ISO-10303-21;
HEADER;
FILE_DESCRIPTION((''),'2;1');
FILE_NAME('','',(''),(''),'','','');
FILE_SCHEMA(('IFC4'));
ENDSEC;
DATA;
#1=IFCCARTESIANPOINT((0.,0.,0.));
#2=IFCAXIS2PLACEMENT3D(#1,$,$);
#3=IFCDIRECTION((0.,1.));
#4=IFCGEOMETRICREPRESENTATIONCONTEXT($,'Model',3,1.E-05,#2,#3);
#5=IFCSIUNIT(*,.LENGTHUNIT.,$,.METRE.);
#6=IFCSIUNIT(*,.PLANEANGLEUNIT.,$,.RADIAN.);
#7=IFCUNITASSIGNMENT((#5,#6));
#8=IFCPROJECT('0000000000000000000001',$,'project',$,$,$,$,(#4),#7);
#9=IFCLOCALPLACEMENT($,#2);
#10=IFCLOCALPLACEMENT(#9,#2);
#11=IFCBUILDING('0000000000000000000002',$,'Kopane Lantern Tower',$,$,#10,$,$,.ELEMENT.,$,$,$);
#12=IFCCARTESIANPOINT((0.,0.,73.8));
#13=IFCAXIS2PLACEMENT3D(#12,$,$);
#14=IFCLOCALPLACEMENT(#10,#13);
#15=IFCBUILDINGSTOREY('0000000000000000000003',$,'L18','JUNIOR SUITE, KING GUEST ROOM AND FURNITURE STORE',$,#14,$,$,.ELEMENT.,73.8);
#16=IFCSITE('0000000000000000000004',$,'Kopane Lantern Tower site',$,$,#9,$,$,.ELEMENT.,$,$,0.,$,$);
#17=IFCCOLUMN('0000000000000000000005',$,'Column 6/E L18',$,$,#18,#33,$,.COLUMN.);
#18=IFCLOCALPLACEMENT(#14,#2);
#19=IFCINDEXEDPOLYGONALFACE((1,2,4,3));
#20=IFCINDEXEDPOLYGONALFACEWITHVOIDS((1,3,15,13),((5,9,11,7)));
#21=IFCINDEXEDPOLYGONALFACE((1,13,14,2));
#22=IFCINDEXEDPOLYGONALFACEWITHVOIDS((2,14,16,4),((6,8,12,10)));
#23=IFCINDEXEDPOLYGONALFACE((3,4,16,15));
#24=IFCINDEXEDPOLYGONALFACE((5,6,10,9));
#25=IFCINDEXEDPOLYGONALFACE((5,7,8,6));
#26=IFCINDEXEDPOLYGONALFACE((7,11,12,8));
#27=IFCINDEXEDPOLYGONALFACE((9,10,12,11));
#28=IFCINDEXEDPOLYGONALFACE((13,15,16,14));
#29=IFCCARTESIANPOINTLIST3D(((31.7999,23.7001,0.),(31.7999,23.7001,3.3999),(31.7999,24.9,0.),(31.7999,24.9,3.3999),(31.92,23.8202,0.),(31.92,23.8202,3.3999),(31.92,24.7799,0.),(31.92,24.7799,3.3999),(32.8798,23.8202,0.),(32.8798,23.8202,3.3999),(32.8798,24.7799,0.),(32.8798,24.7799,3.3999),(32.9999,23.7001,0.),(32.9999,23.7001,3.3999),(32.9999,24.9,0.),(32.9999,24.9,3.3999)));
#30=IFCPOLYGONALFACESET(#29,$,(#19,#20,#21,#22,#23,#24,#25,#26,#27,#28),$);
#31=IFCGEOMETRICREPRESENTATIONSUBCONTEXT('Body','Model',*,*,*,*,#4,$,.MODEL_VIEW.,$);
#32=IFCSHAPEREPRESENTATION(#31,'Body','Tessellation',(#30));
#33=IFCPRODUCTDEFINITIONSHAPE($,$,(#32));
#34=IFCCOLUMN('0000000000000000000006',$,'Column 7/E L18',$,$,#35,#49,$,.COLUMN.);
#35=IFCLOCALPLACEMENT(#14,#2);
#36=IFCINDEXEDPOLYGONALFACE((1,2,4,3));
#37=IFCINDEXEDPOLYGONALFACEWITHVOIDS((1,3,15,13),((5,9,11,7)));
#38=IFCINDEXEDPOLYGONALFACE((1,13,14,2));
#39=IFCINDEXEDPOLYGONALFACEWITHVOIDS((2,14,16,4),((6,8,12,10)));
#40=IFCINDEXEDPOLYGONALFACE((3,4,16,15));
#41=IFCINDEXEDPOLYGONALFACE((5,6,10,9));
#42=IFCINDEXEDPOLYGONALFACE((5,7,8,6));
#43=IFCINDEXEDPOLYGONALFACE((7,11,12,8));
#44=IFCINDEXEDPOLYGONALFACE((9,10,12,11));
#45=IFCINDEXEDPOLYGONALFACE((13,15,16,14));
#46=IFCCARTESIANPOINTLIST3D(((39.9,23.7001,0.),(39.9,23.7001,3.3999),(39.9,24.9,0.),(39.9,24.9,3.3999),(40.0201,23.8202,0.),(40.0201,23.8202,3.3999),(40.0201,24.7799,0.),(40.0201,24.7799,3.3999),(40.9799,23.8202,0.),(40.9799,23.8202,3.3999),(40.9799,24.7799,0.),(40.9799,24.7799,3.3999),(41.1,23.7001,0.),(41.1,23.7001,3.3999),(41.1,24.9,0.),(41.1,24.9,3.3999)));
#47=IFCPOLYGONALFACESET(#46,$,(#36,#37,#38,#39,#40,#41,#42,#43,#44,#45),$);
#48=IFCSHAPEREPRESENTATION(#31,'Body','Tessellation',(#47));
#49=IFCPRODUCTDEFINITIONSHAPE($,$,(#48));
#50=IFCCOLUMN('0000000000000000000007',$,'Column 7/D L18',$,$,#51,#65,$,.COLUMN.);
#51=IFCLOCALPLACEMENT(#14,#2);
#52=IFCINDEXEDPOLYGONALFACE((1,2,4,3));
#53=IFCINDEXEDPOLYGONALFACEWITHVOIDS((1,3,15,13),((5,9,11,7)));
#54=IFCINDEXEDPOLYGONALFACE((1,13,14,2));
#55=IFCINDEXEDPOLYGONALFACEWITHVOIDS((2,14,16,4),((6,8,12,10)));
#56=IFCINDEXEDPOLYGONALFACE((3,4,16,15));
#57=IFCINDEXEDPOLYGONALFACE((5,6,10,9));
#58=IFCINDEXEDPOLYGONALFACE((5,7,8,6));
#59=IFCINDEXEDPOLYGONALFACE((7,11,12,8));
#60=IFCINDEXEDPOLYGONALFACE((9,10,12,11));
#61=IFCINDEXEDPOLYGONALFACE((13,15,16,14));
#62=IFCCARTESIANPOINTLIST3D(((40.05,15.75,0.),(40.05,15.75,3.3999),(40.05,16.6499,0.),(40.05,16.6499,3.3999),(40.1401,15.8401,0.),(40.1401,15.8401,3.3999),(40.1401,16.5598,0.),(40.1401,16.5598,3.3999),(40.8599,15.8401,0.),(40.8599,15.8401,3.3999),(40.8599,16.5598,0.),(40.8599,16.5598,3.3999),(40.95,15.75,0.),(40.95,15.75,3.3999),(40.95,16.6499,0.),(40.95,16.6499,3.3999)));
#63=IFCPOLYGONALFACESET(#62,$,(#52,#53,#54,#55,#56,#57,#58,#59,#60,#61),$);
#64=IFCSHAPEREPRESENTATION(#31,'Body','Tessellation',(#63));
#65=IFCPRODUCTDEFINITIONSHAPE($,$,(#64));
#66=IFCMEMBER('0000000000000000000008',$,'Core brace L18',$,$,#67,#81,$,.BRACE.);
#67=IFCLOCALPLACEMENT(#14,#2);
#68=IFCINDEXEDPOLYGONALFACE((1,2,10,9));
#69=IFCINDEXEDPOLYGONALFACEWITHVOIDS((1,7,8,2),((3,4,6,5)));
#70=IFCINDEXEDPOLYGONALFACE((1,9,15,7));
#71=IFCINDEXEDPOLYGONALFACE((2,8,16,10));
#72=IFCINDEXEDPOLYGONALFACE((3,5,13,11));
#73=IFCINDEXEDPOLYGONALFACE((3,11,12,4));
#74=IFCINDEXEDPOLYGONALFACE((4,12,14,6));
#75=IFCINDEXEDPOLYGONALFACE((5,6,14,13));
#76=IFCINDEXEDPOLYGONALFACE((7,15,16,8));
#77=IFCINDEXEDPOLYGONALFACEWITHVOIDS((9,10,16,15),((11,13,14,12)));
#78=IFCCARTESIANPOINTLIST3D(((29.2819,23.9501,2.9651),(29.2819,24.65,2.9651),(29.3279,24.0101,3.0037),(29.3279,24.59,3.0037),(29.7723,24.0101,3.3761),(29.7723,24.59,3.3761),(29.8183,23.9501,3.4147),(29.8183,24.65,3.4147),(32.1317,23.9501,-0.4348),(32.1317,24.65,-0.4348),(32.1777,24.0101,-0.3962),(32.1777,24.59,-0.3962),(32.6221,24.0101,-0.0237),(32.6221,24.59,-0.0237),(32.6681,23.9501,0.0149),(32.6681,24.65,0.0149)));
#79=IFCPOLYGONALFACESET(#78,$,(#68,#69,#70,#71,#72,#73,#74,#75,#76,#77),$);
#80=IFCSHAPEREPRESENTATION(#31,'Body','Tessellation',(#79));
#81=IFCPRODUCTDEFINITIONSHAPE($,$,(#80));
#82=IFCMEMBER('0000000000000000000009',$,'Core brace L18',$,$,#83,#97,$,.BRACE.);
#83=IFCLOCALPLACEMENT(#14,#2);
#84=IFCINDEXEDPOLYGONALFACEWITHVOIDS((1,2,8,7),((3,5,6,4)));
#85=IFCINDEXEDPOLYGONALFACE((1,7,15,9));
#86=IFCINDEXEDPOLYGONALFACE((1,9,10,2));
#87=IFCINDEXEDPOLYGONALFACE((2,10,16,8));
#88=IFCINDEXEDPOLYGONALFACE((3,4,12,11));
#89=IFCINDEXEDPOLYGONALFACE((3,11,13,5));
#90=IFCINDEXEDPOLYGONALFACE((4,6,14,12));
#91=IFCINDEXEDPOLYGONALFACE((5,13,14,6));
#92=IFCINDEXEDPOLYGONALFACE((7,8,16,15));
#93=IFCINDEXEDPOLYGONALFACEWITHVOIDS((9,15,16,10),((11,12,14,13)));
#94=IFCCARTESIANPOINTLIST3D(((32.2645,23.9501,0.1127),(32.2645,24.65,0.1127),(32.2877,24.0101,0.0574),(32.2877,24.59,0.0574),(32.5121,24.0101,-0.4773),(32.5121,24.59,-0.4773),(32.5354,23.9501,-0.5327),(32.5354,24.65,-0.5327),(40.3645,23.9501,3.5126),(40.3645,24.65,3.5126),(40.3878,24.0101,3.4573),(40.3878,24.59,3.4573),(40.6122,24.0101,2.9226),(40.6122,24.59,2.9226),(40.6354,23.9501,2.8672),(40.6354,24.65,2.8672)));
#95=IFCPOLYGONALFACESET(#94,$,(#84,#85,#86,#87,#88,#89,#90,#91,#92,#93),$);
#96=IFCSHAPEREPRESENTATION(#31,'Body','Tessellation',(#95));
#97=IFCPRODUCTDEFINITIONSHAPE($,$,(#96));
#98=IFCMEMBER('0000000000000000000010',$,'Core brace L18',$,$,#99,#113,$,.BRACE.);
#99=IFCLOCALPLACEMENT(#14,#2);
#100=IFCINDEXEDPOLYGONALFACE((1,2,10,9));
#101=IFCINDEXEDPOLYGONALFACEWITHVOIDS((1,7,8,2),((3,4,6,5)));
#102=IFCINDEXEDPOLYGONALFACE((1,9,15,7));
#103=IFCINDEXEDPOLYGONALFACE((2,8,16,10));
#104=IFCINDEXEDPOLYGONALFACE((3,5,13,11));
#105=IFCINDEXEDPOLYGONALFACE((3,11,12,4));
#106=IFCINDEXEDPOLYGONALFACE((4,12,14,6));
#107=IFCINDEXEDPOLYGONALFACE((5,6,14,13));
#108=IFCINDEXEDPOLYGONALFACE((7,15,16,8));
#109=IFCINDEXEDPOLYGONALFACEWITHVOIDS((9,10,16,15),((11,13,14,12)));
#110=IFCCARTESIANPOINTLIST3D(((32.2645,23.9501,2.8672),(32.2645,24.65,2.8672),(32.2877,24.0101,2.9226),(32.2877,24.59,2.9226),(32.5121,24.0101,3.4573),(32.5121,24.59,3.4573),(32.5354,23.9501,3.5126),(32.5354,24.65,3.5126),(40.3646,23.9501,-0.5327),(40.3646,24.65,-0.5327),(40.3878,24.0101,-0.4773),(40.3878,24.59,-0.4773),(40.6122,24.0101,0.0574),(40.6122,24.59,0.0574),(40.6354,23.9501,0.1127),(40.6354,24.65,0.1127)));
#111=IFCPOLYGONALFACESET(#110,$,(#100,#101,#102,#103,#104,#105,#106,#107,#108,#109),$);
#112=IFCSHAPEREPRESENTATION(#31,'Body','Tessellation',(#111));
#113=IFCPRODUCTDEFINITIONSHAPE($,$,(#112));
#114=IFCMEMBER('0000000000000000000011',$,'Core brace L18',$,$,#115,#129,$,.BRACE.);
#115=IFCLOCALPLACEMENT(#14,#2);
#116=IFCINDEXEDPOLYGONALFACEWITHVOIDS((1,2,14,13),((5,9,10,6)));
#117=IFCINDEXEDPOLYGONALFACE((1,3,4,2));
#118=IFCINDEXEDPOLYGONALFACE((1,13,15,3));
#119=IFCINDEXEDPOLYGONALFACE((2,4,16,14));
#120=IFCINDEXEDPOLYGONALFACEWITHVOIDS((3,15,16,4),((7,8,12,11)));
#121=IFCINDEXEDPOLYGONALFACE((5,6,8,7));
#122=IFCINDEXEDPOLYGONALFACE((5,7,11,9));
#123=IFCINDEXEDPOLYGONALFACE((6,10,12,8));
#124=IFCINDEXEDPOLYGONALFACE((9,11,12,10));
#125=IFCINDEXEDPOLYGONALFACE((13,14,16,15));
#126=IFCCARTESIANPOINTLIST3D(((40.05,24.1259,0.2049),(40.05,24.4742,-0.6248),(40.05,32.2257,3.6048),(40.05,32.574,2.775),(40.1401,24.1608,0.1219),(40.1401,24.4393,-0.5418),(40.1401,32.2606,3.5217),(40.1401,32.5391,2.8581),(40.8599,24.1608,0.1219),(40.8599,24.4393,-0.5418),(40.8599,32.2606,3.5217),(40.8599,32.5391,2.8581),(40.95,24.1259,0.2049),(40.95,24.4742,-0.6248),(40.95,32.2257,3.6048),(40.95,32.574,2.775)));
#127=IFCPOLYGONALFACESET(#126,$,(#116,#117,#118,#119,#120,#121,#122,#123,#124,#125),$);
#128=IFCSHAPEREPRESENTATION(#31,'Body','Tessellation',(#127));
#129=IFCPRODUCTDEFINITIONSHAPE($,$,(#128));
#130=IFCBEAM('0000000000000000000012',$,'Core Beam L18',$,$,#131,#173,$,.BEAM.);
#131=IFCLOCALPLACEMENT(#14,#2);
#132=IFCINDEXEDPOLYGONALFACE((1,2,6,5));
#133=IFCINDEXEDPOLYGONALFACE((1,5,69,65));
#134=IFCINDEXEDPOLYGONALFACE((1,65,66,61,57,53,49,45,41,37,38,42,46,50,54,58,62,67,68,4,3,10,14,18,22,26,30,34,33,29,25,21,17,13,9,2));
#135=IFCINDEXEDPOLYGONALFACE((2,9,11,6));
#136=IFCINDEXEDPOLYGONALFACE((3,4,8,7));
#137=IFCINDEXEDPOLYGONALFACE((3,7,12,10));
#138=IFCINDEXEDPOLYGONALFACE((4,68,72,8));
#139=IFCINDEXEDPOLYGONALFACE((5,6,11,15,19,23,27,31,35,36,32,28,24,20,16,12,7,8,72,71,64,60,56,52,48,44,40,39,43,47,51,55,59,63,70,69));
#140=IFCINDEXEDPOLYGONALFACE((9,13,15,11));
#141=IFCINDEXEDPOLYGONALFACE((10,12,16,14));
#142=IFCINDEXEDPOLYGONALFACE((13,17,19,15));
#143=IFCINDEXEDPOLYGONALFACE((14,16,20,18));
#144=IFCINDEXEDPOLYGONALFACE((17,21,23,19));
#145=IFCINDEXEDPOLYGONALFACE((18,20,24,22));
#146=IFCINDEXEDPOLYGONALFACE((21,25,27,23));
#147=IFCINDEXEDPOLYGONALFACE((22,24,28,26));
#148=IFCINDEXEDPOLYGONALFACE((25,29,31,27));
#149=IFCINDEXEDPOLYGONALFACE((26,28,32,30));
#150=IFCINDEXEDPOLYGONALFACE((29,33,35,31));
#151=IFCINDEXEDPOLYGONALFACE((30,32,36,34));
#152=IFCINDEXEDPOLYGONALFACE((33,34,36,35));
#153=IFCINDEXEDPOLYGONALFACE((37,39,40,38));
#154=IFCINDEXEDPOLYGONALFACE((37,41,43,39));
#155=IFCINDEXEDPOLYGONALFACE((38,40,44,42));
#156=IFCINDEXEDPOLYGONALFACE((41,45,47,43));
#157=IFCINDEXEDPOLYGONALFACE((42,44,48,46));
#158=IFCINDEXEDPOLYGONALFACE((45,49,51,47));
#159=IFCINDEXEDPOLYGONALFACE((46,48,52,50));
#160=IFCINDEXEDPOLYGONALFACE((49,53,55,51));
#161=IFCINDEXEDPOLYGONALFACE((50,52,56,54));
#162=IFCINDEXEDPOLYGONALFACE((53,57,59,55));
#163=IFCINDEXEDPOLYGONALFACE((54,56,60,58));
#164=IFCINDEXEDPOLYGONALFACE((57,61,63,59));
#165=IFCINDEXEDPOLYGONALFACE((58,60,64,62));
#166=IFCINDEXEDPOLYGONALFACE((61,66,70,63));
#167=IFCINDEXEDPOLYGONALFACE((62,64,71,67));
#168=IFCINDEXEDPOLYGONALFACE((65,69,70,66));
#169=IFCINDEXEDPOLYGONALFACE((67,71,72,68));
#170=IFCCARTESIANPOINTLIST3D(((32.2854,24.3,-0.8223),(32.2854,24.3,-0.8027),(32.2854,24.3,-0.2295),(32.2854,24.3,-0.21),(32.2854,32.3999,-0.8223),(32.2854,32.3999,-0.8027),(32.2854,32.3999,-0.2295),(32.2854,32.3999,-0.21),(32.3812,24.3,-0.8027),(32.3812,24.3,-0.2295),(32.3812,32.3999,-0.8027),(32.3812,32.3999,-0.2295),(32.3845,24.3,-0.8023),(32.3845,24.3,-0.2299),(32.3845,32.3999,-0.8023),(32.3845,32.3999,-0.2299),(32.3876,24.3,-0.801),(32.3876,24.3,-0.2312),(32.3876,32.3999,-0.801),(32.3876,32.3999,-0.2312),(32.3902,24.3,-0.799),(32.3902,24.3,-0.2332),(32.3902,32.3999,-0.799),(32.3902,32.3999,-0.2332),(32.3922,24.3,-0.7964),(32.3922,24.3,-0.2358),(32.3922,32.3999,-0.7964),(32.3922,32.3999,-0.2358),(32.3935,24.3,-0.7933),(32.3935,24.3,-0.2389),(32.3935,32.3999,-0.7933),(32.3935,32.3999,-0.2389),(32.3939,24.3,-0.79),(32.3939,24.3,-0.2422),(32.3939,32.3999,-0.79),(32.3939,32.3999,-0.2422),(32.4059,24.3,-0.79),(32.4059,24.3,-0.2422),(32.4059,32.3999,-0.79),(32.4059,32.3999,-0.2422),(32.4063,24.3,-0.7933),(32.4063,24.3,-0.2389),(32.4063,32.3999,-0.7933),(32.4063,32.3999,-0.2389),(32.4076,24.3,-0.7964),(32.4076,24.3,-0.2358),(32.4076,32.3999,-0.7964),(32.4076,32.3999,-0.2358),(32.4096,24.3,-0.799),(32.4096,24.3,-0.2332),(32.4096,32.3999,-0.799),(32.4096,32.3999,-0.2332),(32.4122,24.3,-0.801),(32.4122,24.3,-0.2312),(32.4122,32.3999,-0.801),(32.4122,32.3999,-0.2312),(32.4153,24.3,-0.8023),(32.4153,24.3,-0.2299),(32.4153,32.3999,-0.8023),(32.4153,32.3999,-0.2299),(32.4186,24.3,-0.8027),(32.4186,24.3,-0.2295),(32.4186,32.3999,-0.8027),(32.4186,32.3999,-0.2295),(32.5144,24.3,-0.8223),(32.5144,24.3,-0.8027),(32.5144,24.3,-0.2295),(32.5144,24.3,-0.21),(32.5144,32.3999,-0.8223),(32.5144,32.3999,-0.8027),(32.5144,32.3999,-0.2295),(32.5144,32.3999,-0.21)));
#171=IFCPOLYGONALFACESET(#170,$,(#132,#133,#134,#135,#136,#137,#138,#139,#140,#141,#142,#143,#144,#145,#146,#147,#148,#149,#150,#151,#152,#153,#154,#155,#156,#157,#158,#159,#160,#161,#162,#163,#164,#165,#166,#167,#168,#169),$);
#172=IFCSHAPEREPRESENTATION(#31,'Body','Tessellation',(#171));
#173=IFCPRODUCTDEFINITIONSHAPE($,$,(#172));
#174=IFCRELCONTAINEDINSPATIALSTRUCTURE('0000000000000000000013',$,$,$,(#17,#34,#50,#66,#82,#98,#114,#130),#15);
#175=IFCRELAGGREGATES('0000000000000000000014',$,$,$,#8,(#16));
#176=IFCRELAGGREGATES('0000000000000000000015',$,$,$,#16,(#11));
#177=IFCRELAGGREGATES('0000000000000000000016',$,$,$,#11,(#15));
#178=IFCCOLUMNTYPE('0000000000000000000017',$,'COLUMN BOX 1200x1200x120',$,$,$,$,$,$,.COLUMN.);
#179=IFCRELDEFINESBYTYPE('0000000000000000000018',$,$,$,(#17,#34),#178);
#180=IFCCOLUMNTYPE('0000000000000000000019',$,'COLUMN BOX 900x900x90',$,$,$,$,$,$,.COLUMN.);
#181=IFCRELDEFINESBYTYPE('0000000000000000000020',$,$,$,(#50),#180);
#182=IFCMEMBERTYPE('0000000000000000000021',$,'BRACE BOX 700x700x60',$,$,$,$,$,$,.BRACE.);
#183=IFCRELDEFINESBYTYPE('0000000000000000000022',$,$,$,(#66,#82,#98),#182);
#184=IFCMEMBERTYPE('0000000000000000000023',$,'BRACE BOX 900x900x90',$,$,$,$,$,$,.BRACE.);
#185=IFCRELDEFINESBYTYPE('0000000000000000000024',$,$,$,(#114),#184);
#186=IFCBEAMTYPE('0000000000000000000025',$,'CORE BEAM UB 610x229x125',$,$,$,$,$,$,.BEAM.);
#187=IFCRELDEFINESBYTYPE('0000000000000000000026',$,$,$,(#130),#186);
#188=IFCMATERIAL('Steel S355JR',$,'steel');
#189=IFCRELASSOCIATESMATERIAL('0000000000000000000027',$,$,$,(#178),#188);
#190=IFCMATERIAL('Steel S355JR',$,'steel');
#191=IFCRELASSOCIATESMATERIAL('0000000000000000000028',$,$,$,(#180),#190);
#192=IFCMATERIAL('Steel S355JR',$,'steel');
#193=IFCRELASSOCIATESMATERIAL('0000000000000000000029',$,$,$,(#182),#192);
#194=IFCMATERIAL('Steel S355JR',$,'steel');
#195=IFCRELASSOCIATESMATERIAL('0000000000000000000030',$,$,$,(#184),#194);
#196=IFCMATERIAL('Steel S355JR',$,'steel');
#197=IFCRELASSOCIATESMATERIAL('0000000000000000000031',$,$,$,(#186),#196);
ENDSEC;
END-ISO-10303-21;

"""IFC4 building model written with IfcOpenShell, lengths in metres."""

from ifc_helpers import new_model, si_unit, direction, frame, origin, origin_2d, place, context, subcontext, project, spatial, hollow_rectangle, i_section, extrude, material, material_profile, profile_set, type_object, element, save


model = new_model("IFC4")

# Units and contexts
model_context = context("Model", 3, precision=1e-05, world=origin(), true_north=direction((0.0, 1.0)))
body_context = subcontext(model_context, "Body", "Model", "MODEL_VIEW")
ifc_project = project(units=[si_unit("LENGTHUNIT", "METRE"), si_unit("PLANEANGLEUNIT", "RADIAN")], contexts=[model_context])

# Site, building, storey
site_placement = place(None, origin())
site = spatial("IfcSite", under=ifc_project, at=site_placement, Name="Kopane Lantern Tower site", CompositionType="ELEMENT", RefElevation=0.0)
building_placement = place(site_placement, origin())
building = spatial("IfcBuilding", under=site, at=building_placement, Name="Kopane Lantern Tower", CompositionType="ELEMENT")
storey_placement = place(building_placement, frame((0.0, 0.0, 73.8)))
storey = spatial("IfcBuildingStorey", under=building, at=storey_placement, Name="L18", Description="JUNIOR SUITE, KING GUEST ROOM AND FURNITURE STORE", CompositionType="ELEMENT", Elevation=73.8)

# Columns
ifc_material_1 = material(Name="Steel S355JR", Category="steel")
ifc_material_profile_1 = material_profile(ifc_material_1, hollow_rectangle(XDim=1.2, YDim=1.2, WallThickness=0.1201, at=origin_2d()), Name="BOX 1200x1200x120")
ifc_profile_set_1 = profile_set([ifc_material_profile_1], Name="Steel S355JR")
column_type_1 = type_object("IfcColumnType", Name="COLUMN BOX 1200x1200x120", PredefinedType="COLUMN", material=ifc_profile_set_1)
for number, where, z_axis, x_axis, name in (
    (1, (32.3999, 24.3, 0.0), (0.0, 0.0, 1.0), (1.0, 0.0, 0.0), "Column 6/E L18"),
    (2, (40.5, 24.3, 0.0), (0.0, 0.0, 1.0), (1.0, 0.0, 0.0), "Column 7/E L18"),
):
    element("IfcColumn", number, at=place(storey_placement, frame(where, z_axis=z_axis, x_axis=x_axis)), inside=storey, type_object=column_type_1, Name=name, PredefinedType="COLUMN", context=body_context, shape_type="SweptSolid", body=[
        extrude(hollow_rectangle(XDim=1.2, YDim=1.2, WallThickness=0.1201, at=origin_2d()), origin(), (0.0, 0.0, 1.0), 3.3999),
    ])
ifc_material_2 = material(Name="Steel S355JR", Category="steel")
ifc_material_profile_2 = material_profile(ifc_material_2, hollow_rectangle(XDim=0.8999, YDim=0.8999, WallThickness=0.0901, at=origin_2d()), Name="BOX 900x900x90")
ifc_profile_set_2 = profile_set([ifc_material_profile_2], Name="Steel S355JR")
column_type_2 = type_object("IfcColumnType", Name="COLUMN BOX 900x900x90", PredefinedType="COLUMN", material=ifc_profile_set_2)
column_placement = place(storey_placement, frame((40.5, 16.2, 0.0), z_axis=(0.0, 0.0, 1.0), x_axis=(1.0, 0.0, 0.0)))
element("IfcColumn", 3, at=column_placement, inside=storey, type_object=column_type_2, Name="Column 7/D L18", PredefinedType="COLUMN", context=body_context, shape_type="SweptSolid", body=[
    extrude(hollow_rectangle(XDim=0.8999, YDim=0.8999, WallThickness=0.0901, at=origin_2d()), origin(), (0.0, 0.0, 1.0), 3.3999),
])

# Members
ifc_material_3 = material(Name="Steel S355JR", Category="steel")
ifc_material_profile_3 = material_profile(ifc_material_3, hollow_rectangle(XDim=0.7, YDim=0.7, WallThickness=0.0601, at=origin_2d()), Name="BOX 700x700x60")
ifc_profile_set_3 = profile_set([ifc_material_profile_3], Name="Steel S355JR")
member_type_1 = type_object("IfcMemberType", Name="BRACE BOX 700x700x60", PredefinedType="BRACE", material=ifc_profile_set_3)
member_1_placement = place(storey_placement, frame((32.3999, 24.3, -0.21), z_axis=(-0.64239, 0.0, 0.766378), x_axis=(0.0, -1.0, 0.0)))
element("IfcMember", 4, at=member_1_placement, inside=storey, type_object=member_type_1, Name="Core brace L18", PredefinedType="BRACE", context=body_context, shape_type="SweptSolid", body=[
    extrude(hollow_rectangle(XDim=0.7, YDim=0.7, WallThickness=0.0601, at=origin_2d()), origin(), (0.0, 0.0, 1.0), 4.4363),
])
for number, where, z_axis, x_axis, name in (
    (5, (32.3999, 24.3, -0.21), (0.922069, 0.0, 0.387026), (0.0, 1.0, 0.0), "Core brace L18"),
    (6, (40.5, 24.3, -0.21), (-0.922069, 0.0, 0.387026), (0.0, -1.0, 0.0), "Core brace L18"),
):
    element("IfcMember", number, at=place(storey_placement, frame(where, z_axis=z_axis, x_axis=x_axis)), inside=storey, type_object=member_type_1, Name=name, PredefinedType="BRACE", context=body_context, shape_type="SweptSolid", body=[
        extrude(hollow_rectangle(XDim=0.7, YDim=0.7, WallThickness=0.0601, at=origin_2d()), origin(), (0.0, 0.0, 1.0), 8.7847),
    ])
ifc_material_4 = material(Name="Steel S355JR", Category="steel")
ifc_material_profile_4 = material_profile(ifc_material_4, hollow_rectangle(XDim=0.8999, YDim=0.8999, WallThickness=0.0901, at=origin_2d()), Name="BOX 900x900x90")
ifc_profile_set_4 = profile_set([ifc_material_profile_4], Name="Steel S355JR")
member_type_2 = type_object("IfcMemberType", Name="BRACE BOX 900x900x90", PredefinedType="BRACE", material=ifc_profile_set_4)
member_2_placement = place(storey_placement, frame((40.5, 24.3, -0.21), z_axis=(0.0, 0.922065, 0.387035), x_axis=(-1.0, 0.0, 0.0)))
element("IfcMember", 7, at=member_2_placement, inside=storey, type_object=member_type_2, Name="Core brace L18", PredefinedType="BRACE", context=body_context, shape_type="SweptSolid", body=[
    extrude(hollow_rectangle(XDim=0.8999, YDim=0.8999, WallThickness=0.0901, at=origin_2d()), origin(), (0.0, 0.0, 1.0), 8.7844),
])

# Beam
ifc_material_5 = material(Name="Steel S355JR", Category="steel")
ifc_material_profile_5 = material_profile(ifc_material_5, i_section(OverallWidth=0.229, OverallDepth=0.6123, WebThickness=0.012, FlangeThickness=0.0195, FilletRadius=0.0127, at=origin_2d()), Name="UB 610x229x125")
ifc_profile_set_5 = profile_set([ifc_material_profile_5], Name="Steel S355JR")
beam_type_1 = type_object("IfcBeamType", Name="CORE BEAM UB 610x229x125", PredefinedType="BEAM", material=ifc_profile_set_5)
beam_1_placement = place(storey_placement, frame((32.3999, 24.3, -0.5161), z_axis=(0.0, 1.0, 0.0), x_axis=(-1.0, 0.0, 0.0)))
element("IfcBeam", 8, at=beam_1_placement, inside=storey, type_object=beam_type_1, Name="Core Beam L18", PredefinedType="BEAM", context=body_context, shape_type="SweptSolid", body=[
    extrude(i_section(OverallWidth=0.229, OverallDepth=0.6123, WebThickness=0.012, FlangeThickness=0.0195, FilletRadius=0.0127, at=origin_2d()), origin(), (0.0, 0.0, 1.0), 8.0999),
])

save(model, "model.ifc")
